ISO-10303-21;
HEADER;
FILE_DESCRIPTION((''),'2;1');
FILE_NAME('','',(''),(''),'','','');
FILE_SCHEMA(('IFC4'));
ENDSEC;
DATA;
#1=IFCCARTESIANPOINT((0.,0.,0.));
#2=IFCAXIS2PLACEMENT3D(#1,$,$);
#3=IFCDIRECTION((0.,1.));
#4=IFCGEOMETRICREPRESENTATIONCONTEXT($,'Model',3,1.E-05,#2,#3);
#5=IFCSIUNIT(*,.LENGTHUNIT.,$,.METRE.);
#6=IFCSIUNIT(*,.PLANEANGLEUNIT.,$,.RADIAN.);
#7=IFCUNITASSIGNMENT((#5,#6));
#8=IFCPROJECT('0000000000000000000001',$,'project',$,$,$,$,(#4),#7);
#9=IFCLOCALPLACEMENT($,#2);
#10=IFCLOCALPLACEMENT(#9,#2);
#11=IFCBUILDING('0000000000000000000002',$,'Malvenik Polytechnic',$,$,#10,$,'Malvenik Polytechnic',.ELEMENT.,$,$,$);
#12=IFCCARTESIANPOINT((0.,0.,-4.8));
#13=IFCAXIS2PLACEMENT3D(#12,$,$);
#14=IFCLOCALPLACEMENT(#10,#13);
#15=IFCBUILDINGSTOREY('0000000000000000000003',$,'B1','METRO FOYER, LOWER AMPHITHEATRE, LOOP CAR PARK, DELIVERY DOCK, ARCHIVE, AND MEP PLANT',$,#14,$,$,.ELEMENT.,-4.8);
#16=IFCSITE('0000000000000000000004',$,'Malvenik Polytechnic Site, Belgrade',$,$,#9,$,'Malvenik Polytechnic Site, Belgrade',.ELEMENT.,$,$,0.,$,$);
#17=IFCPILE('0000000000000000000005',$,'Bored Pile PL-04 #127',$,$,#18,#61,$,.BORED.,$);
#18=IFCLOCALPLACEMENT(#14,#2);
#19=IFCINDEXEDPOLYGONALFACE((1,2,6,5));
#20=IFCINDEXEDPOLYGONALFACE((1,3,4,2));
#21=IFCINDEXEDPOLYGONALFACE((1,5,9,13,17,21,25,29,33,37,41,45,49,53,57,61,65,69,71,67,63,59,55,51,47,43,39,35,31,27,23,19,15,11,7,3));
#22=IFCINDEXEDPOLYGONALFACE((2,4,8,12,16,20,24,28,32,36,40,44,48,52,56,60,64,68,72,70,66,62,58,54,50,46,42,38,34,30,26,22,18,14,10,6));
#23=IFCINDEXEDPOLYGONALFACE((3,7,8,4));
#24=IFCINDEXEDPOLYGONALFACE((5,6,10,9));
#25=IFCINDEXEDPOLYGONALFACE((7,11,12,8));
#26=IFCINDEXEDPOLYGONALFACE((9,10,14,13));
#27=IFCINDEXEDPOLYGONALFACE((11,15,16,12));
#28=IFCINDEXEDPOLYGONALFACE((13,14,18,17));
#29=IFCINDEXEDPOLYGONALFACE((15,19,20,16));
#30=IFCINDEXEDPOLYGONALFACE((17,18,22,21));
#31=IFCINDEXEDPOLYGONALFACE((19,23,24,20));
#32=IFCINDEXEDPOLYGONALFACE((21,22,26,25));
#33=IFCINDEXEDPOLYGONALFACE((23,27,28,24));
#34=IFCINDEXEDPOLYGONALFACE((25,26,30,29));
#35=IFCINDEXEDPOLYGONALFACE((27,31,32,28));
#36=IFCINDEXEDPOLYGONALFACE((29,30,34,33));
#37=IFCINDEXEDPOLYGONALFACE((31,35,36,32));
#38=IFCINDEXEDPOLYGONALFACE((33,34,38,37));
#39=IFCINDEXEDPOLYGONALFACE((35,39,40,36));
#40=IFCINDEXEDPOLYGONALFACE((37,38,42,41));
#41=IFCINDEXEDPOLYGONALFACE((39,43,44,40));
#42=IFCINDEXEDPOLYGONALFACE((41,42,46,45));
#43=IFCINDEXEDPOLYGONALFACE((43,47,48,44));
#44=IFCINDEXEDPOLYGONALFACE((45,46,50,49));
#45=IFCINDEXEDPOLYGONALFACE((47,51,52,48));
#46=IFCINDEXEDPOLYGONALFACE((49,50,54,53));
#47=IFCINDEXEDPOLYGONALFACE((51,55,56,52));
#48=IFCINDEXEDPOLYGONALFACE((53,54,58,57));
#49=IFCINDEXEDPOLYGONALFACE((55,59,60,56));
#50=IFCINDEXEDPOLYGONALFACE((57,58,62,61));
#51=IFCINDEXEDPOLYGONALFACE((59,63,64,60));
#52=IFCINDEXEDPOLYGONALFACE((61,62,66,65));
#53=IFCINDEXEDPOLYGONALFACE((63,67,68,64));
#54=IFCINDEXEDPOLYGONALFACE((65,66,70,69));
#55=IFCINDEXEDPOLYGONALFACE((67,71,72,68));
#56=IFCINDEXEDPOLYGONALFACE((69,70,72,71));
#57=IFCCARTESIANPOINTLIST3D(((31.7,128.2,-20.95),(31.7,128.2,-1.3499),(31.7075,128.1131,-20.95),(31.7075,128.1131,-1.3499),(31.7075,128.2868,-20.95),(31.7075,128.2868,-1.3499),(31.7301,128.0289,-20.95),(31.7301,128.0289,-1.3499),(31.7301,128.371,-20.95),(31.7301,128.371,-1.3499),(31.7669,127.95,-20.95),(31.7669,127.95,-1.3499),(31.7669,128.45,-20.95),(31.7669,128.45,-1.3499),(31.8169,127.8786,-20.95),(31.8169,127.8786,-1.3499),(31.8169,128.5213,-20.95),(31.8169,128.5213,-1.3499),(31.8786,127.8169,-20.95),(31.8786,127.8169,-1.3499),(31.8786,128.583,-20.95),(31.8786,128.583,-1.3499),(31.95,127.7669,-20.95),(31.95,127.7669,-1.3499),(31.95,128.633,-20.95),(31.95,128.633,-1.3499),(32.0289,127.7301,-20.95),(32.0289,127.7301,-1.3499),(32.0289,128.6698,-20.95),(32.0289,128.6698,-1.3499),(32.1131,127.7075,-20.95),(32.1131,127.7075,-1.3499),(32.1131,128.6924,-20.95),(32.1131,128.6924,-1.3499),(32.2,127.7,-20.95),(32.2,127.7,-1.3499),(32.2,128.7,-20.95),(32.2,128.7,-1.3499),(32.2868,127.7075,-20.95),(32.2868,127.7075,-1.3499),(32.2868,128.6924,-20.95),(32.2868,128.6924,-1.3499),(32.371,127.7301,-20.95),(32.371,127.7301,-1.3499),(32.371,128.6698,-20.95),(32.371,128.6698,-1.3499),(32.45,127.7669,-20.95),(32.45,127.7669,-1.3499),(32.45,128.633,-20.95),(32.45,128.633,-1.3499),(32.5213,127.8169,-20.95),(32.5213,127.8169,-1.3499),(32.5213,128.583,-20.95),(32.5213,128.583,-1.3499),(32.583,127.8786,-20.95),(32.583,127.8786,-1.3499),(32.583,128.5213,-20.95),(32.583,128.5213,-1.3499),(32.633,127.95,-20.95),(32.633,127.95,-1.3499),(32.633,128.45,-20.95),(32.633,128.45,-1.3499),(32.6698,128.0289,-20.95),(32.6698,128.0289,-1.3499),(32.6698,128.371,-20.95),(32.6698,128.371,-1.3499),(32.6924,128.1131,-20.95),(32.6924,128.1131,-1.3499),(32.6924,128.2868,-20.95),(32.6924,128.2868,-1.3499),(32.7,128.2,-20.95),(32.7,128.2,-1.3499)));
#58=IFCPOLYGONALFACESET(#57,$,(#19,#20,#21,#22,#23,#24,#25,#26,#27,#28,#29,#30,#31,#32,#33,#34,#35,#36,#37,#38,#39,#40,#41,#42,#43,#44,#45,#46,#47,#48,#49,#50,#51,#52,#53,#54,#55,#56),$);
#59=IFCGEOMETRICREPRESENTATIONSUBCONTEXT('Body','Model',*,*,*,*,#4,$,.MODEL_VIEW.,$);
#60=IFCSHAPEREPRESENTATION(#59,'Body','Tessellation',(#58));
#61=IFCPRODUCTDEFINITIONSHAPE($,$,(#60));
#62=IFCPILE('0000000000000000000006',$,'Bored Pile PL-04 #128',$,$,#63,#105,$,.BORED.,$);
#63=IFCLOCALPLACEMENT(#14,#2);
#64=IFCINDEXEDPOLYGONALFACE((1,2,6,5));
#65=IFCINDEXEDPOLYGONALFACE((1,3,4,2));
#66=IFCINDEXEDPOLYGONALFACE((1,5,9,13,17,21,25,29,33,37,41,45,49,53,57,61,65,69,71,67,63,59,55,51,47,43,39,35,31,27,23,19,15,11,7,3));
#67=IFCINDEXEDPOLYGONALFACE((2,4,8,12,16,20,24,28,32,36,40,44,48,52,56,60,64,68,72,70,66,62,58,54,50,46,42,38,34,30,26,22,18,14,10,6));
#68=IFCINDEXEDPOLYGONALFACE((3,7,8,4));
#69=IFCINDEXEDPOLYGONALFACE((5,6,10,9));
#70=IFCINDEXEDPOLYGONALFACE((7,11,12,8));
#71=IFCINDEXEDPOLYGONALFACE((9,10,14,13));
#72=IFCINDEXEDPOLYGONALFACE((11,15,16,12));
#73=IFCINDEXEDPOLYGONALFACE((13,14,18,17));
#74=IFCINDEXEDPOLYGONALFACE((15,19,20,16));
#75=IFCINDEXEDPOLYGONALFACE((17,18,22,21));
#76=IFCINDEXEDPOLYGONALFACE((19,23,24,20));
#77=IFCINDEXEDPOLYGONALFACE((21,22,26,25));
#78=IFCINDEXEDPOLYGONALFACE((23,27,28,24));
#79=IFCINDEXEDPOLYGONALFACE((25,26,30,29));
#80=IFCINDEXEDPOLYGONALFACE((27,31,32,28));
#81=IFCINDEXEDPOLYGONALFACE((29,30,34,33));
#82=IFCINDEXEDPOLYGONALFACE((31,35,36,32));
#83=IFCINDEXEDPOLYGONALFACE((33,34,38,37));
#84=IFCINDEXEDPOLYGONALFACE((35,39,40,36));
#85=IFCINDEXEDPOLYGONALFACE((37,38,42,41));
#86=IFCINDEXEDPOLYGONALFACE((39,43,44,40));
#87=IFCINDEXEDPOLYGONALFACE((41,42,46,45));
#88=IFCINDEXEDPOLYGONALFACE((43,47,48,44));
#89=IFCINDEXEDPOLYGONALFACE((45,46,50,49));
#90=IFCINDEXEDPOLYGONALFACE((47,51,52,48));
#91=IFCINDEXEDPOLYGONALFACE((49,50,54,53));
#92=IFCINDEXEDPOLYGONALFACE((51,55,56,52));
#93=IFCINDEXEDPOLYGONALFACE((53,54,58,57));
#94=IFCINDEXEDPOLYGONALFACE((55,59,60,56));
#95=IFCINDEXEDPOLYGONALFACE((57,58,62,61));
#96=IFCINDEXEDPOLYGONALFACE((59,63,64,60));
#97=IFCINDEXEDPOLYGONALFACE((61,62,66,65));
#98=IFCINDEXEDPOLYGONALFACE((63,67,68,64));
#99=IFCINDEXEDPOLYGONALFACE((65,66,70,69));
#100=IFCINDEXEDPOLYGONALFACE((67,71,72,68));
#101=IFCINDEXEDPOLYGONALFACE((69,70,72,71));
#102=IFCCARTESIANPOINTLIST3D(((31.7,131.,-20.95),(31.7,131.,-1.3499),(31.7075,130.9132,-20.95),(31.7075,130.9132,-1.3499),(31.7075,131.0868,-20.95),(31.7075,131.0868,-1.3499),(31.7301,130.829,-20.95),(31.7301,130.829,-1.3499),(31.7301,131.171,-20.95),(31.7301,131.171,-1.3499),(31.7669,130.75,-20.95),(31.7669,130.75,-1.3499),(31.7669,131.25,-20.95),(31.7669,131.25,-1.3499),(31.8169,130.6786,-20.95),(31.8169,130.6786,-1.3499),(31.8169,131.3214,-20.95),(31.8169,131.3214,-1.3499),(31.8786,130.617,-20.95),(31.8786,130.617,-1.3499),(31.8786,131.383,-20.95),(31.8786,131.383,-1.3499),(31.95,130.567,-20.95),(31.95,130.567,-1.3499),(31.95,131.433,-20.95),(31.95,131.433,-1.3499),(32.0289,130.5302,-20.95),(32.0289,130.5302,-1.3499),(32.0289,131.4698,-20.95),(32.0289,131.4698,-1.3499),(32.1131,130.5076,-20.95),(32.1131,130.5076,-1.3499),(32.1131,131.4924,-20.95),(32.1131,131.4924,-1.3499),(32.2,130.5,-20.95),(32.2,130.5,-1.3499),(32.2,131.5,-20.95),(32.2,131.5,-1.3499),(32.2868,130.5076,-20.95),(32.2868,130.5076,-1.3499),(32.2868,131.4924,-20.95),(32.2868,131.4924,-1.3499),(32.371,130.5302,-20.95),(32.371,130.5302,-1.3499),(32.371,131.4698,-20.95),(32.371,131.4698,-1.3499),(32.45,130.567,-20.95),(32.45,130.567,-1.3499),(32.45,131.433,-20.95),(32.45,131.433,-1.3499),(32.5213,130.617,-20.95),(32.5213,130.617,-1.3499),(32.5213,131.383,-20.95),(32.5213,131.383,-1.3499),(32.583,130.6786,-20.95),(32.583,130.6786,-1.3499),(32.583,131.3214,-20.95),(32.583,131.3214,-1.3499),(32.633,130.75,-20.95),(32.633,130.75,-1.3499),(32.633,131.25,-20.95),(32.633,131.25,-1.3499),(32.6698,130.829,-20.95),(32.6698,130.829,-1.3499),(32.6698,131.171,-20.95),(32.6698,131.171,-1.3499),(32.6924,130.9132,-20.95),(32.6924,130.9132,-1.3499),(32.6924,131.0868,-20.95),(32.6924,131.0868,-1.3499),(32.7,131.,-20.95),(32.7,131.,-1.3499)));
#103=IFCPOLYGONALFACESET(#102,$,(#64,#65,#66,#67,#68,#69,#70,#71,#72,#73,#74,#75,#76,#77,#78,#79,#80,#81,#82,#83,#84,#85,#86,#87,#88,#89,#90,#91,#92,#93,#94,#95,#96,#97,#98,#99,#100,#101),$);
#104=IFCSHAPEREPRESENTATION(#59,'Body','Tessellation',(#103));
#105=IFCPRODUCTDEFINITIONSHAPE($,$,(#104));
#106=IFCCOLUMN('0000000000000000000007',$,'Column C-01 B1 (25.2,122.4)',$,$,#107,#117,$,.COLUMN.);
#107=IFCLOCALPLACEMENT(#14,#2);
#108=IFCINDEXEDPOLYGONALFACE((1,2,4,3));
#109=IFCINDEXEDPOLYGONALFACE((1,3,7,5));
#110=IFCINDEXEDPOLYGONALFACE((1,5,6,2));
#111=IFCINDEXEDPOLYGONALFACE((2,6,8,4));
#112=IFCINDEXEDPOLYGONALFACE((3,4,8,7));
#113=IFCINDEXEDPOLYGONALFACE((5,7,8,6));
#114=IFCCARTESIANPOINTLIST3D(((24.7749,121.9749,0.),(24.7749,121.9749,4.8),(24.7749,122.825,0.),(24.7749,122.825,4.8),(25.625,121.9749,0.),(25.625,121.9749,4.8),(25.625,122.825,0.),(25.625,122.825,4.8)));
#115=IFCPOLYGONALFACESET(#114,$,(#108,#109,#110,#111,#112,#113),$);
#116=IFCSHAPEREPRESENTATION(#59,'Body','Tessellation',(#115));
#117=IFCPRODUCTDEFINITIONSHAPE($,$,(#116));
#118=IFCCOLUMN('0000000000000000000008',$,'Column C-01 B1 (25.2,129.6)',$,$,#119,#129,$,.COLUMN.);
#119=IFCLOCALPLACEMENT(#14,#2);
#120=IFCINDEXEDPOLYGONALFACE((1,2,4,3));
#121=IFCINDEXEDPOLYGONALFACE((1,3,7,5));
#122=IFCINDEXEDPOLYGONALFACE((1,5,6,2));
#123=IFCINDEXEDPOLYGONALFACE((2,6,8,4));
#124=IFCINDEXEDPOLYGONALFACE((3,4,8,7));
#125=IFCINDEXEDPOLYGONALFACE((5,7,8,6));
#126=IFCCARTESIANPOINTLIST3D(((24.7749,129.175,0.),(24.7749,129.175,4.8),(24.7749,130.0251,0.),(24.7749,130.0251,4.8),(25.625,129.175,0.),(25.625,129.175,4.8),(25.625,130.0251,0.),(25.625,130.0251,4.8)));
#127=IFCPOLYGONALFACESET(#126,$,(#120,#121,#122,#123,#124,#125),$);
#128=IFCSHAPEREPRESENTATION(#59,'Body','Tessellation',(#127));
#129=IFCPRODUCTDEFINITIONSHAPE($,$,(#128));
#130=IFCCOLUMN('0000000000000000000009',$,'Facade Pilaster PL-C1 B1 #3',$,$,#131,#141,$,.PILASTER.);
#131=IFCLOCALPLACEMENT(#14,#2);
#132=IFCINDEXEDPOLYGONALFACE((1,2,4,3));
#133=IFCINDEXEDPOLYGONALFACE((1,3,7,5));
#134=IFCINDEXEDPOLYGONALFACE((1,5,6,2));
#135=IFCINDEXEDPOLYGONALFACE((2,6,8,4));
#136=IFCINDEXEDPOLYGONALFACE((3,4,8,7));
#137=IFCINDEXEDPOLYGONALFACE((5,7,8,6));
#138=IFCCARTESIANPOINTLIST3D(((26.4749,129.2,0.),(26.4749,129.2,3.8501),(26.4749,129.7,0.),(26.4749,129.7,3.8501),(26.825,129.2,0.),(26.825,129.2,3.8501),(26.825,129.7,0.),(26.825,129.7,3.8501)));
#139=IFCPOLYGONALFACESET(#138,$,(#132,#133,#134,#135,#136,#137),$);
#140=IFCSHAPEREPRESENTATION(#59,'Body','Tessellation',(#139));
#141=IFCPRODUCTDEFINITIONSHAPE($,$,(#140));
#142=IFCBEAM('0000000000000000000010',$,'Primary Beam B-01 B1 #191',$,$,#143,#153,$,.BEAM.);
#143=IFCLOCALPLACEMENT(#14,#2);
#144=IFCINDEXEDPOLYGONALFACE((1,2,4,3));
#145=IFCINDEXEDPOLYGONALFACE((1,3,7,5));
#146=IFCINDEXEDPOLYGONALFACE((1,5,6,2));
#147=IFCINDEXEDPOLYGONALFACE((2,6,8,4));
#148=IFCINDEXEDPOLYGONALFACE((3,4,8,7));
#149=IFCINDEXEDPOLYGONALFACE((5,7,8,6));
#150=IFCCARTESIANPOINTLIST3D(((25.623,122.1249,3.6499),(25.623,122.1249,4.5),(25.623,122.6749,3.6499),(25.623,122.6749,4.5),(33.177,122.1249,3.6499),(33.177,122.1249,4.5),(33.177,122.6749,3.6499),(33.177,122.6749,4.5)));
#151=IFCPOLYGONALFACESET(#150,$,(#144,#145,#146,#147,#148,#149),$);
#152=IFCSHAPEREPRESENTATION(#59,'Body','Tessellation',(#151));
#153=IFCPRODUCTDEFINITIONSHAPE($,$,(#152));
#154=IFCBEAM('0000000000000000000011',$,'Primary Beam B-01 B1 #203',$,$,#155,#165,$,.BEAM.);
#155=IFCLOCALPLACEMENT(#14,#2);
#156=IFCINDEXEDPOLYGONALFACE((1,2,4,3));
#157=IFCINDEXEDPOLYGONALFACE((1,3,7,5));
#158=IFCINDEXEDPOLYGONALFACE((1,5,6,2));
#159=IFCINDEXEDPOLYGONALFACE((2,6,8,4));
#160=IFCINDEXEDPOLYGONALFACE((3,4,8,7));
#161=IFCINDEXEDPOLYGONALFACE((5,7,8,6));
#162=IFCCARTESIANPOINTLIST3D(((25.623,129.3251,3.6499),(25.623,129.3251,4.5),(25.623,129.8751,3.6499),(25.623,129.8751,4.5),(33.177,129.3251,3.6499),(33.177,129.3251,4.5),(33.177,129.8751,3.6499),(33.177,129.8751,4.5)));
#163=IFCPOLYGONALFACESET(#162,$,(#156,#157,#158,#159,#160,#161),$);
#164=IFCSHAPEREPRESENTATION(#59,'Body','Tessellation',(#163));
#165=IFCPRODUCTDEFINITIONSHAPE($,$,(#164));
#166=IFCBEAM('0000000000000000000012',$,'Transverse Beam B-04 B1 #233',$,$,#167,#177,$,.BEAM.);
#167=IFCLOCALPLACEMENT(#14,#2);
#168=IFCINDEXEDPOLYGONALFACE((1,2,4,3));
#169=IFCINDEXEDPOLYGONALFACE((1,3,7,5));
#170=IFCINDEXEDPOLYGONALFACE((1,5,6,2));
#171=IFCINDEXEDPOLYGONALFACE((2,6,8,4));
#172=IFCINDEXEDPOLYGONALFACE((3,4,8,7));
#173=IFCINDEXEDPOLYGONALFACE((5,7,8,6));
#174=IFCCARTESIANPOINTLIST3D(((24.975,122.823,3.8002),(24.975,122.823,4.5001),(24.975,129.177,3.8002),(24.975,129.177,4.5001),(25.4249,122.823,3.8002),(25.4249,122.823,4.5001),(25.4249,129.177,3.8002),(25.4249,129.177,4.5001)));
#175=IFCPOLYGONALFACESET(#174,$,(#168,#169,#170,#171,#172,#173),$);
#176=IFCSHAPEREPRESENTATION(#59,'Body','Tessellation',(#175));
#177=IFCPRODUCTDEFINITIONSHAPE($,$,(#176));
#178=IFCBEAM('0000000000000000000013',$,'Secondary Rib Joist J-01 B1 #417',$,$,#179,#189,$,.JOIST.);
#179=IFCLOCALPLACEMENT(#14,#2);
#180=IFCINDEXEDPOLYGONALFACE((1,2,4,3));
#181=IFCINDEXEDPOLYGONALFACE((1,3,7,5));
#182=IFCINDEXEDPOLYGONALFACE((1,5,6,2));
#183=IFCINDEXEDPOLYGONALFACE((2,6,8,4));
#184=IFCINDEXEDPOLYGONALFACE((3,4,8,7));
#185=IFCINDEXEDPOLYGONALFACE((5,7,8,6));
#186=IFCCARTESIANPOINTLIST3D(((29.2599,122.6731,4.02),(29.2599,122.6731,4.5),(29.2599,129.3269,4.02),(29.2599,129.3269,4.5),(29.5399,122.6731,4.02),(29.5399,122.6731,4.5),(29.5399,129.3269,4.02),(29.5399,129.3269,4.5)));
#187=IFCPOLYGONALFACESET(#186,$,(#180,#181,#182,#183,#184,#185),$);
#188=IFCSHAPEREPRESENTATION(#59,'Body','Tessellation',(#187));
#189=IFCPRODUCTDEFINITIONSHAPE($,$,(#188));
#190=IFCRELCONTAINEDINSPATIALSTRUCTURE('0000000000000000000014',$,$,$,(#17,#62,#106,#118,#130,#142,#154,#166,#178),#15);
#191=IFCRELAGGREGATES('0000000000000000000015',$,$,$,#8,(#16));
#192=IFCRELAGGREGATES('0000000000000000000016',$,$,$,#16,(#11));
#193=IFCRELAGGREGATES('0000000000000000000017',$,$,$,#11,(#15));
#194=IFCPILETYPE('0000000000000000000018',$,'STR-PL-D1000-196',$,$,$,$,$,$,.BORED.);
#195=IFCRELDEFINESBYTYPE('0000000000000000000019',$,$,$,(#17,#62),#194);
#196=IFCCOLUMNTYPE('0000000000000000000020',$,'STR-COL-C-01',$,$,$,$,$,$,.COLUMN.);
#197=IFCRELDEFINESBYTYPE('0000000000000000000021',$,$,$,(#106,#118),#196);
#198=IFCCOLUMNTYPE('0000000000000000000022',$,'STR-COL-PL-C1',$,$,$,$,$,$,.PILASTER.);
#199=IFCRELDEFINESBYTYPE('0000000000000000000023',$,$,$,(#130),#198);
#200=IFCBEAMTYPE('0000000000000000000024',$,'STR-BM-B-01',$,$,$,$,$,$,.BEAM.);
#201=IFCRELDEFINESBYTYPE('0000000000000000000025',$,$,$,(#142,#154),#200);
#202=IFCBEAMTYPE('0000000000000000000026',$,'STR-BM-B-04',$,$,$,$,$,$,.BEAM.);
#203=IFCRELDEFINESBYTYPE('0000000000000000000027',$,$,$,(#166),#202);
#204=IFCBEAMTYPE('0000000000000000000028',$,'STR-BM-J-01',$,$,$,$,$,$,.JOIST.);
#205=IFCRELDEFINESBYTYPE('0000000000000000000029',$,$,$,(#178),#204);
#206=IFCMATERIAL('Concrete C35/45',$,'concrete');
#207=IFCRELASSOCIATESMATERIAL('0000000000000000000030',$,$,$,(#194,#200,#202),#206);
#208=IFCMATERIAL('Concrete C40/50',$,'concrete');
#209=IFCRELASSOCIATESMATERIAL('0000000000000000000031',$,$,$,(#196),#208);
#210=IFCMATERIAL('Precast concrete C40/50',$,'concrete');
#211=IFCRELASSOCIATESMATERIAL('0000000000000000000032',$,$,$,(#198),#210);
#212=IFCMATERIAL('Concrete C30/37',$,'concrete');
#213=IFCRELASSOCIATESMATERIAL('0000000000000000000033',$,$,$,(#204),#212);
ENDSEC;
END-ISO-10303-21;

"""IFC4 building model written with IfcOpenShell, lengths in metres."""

from ifc_helpers import new_model, si_unit, direction, frame, origin, origin_2d, place, context, subcontext, project, spatial, rectangle, circle, extrude, material, material_profile, profile_set, type_object, element, save


model = new_model("IFC4")

# Units and contexts
model_context = context("Model", 3, precision=1e-05, world=origin(), true_north=direction((0.0, 1.0)))
body_context = subcontext(model_context, "Body", "Model", "MODEL_VIEW")
ifc_project = project(units=[si_unit("LENGTHUNIT", "METRE"), si_unit("PLANEANGLEUNIT", "RADIAN")], contexts=[model_context])

# Site, building, storey
site_placement = place(None, origin())
site = spatial("IfcSite", under=ifc_project, at=site_placement, Name="Malvenik Polytechnic Site, Belgrade", LongName="Malvenik Polytechnic Site, Belgrade", CompositionType="ELEMENT", RefElevation=0.0)
building_placement = place(site_placement, origin())
building = spatial("IfcBuilding", under=site, at=building_placement, Name="Malvenik Polytechnic", LongName="Malvenik Polytechnic", CompositionType="ELEMENT")
storey_placement = place(building_placement, frame((0.0, 0.0, -4.8)))
storey = spatial("IfcBuildingStorey", under=building, at=storey_placement, Name="B1", Description="METRO FOYER, LOWER AMPHITHEATRE, LOOP CAR PARK, DELIVERY DOCK, ARCHIVE, AND MEP PLANT", CompositionType="ELEMENT", Elevation=-4.8)

# Shared definitions
ifc_material_1 = material(Name="Concrete C35/45", Category="concrete")

# Piles
ifc_material_profile_1 = material_profile(ifc_material_1, circle(Radius=0.5, at=origin_2d()), Name="BORED PILE D1000")
ifc_profile_set_1 = profile_set([ifc_material_profile_1], Name="Concrete C35/45")
pile_type = type_object("IfcPileType", Name="STR-PL-D1000-196", PredefinedType="BORED", material=ifc_profile_set_1)
for number, where, z_axis, x_axis, name in (
    (1, (32.2, 128.2, -1.3499), (0.0, 0.0, -1.0), (1.0, 0.0, 0.0), "Bored Pile PL-04 #127"),
    (2, (32.2, 131.0, -1.3499), (0.0, 0.0, -1.0), (1.0, 0.0, 0.0), "Bored Pile PL-04 #128"),
):
    element("IfcPile", number, at=place(storey_placement, frame(where, z_axis=z_axis, x_axis=x_axis)), inside=storey, type_object=pile_type, Name=name, PredefinedType="BORED", context=body_context, shape_type="SweptSolid", body=[
        extrude(circle(Radius=0.5, at=origin_2d()), origin(), (0.0, 0.0, 1.0), 19.6001),
    ])

# Columns
ifc_material_2 = material(Name="Concrete C40/50", Category="concrete")
ifc_material_profile_2 = material_profile(ifc_material_2, rectangle(XDim=0.8501, YDim=0.8501, at=origin_2d()), Name="RC COL 850x850")
ifc_profile_set_2 = profile_set([ifc_material_profile_2], Name="Concrete C40/50")
column_type_1 = type_object("IfcColumnType", Name="STR-COL-C-01", PredefinedType="COLUMN", material=ifc_profile_set_2)
for number, where, z_axis, x_axis, name in (
    (3, (25.2, 122.3999, 0.0), (0.0, 0.0, 1.0), (1.0, 0.0, 0.0), "Column C-01 B1 (25.2,122.4)"),
    (4, (25.2, 129.6001, 0.0), (0.0, 0.0, 1.0), (1.0, 0.0, 0.0), "Column C-01 B1 (25.2,129.6)"),
):
    element("IfcColumn", number, at=place(storey_placement, frame(where, z_axis=z_axis, x_axis=x_axis)), inside=storey, type_object=column_type_1, Name=name, PredefinedType="COLUMN", context=body_context, shape_type="SweptSolid", body=[
        extrude(rectangle(XDim=0.8501, YDim=0.8501, at=origin_2d()), origin(), (0.0, 0.0, 1.0), 4.8),
    ])
ifc_material_3 = material(Name="Precast concrete C40/50", Category="concrete")
ifc_material_profile_3 = material_profile(ifc_material_3, rectangle(XDim=0.3501, YDim=0.5, at=origin_2d()), Name="RC PIL 500x350")
ifc_profile_set_3 = profile_set([ifc_material_profile_3], Name="Precast concrete C40/50")
column_type_2 = type_object("IfcColumnType", Name="STR-COL-PL-C1", PredefinedType="PILASTER", material=ifc_profile_set_3)
column_placement = place(storey_placement, frame((26.6499, 129.45, 0.0), z_axis=(0.0, 0.0, 1.0), x_axis=(1.0, 0.0, 0.0)))
element("IfcColumn", 5, at=column_placement, inside=storey, type_object=column_type_2, Name="Facade Pilaster PL-C1 B1 #3", PredefinedType="PILASTER", context=body_context, shape_type="SweptSolid", body=[
    extrude(rectangle(XDim=0.3501, YDim=0.5, at=origin_2d()), origin(), (0.0, 0.0, 1.0), 3.8501),
])

# Beams
ifc_material_profile_4 = material_profile(ifc_material_1, rectangle(XDim=0.55, YDim=0.8501, at=origin_2d()), Name="RC BM 550x850")
ifc_profile_set_4 = profile_set([ifc_material_profile_4], Name="Concrete C35/45")
beam_type_1 = type_object("IfcBeamType", Name="STR-BM-B-01", PredefinedType="BEAM", material=ifc_profile_set_4)
for number, where, z_axis, x_axis, name in (
    (6, (25.623, 122.3999, 4.075), (1.0, 0.0, 0.0), (0.0, 1.0, 0.0), "Primary Beam B-01 B1 #191"),
    (7, (25.623, 129.6001, 4.075), (1.0, 0.0, 0.0), (0.0, 1.0, 0.0), "Primary Beam B-01 B1 #203"),
):
    element("IfcBeam", number, at=place(storey_placement, frame(where, z_axis=z_axis, x_axis=x_axis)), inside=storey, type_object=beam_type_1, Name=name, PredefinedType="BEAM", context=body_context, shape_type="SweptSolid", body=[
        extrude(rectangle(XDim=0.55, YDim=0.8501, at=origin_2d()), origin(), (0.0, 0.0, 1.0), 7.554),
    ])
ifc_material_profile_5 = material_profile(ifc_material_1, rectangle(XDim=0.45, YDim=0.7, at=origin_2d()), Name="RC BM 450x700")
ifc_profile_set_5 = profile_set([ifc_material_profile_5], Name="Concrete C35/45")
beam_type_2 = type_object("IfcBeamType", Name="STR-BM-B-04", PredefinedType="BEAM", material=ifc_profile_set_5)
beam_1_placement = place(storey_placement, frame((25.2, 122.823, 4.1501), z_axis=(0.0, 1.0, 0.0), x_axis=(-1.0, 0.0, 0.0)))
element("IfcBeam", 8, at=beam_1_placement, inside=storey, type_object=beam_type_2, Name="Transverse Beam B-04 B1 #233", PredefinedType="BEAM", context=body_context, shape_type="SweptSolid", body=[
    extrude(rectangle(XDim=0.45, YDim=0.7, at=origin_2d()), origin(), (0.0, 0.0, 1.0), 6.354),
])
ifc_material_4 = material(Name="Concrete C30/37", Category="concrete")
ifc_material_profile_6 = material_profile(ifc_material_4, rectangle(XDim=0.28, YDim=0.48, at=origin_2d()), Name="RC JST 280x480")
ifc_profile_set_6 = profile_set([ifc_material_profile_6], Name="Concrete C30/37")
beam_type_3 = type_object("IfcBeamType", Name="STR-BM-J-01", PredefinedType="JOIST", material=ifc_profile_set_6)
beam_2_placement = place(storey_placement, frame((29.3999, 122.6731, 4.26), z_axis=(0.0, 1.0, 0.0), x_axis=(-1.0, 0.0, 0.0)))
element("IfcBeam", 9, at=beam_2_placement, inside=storey, type_object=beam_type_3, Name="Secondary Rib Joist J-01 B1 #417", PredefinedType="JOIST", context=body_context, shape_type="SweptSolid", body=[
    extrude(rectangle(XDim=0.28, YDim=0.48, at=origin_2d()), origin(), (0.0, 0.0, 1.0), 6.6538),
])

save(model, "model.ifc")
